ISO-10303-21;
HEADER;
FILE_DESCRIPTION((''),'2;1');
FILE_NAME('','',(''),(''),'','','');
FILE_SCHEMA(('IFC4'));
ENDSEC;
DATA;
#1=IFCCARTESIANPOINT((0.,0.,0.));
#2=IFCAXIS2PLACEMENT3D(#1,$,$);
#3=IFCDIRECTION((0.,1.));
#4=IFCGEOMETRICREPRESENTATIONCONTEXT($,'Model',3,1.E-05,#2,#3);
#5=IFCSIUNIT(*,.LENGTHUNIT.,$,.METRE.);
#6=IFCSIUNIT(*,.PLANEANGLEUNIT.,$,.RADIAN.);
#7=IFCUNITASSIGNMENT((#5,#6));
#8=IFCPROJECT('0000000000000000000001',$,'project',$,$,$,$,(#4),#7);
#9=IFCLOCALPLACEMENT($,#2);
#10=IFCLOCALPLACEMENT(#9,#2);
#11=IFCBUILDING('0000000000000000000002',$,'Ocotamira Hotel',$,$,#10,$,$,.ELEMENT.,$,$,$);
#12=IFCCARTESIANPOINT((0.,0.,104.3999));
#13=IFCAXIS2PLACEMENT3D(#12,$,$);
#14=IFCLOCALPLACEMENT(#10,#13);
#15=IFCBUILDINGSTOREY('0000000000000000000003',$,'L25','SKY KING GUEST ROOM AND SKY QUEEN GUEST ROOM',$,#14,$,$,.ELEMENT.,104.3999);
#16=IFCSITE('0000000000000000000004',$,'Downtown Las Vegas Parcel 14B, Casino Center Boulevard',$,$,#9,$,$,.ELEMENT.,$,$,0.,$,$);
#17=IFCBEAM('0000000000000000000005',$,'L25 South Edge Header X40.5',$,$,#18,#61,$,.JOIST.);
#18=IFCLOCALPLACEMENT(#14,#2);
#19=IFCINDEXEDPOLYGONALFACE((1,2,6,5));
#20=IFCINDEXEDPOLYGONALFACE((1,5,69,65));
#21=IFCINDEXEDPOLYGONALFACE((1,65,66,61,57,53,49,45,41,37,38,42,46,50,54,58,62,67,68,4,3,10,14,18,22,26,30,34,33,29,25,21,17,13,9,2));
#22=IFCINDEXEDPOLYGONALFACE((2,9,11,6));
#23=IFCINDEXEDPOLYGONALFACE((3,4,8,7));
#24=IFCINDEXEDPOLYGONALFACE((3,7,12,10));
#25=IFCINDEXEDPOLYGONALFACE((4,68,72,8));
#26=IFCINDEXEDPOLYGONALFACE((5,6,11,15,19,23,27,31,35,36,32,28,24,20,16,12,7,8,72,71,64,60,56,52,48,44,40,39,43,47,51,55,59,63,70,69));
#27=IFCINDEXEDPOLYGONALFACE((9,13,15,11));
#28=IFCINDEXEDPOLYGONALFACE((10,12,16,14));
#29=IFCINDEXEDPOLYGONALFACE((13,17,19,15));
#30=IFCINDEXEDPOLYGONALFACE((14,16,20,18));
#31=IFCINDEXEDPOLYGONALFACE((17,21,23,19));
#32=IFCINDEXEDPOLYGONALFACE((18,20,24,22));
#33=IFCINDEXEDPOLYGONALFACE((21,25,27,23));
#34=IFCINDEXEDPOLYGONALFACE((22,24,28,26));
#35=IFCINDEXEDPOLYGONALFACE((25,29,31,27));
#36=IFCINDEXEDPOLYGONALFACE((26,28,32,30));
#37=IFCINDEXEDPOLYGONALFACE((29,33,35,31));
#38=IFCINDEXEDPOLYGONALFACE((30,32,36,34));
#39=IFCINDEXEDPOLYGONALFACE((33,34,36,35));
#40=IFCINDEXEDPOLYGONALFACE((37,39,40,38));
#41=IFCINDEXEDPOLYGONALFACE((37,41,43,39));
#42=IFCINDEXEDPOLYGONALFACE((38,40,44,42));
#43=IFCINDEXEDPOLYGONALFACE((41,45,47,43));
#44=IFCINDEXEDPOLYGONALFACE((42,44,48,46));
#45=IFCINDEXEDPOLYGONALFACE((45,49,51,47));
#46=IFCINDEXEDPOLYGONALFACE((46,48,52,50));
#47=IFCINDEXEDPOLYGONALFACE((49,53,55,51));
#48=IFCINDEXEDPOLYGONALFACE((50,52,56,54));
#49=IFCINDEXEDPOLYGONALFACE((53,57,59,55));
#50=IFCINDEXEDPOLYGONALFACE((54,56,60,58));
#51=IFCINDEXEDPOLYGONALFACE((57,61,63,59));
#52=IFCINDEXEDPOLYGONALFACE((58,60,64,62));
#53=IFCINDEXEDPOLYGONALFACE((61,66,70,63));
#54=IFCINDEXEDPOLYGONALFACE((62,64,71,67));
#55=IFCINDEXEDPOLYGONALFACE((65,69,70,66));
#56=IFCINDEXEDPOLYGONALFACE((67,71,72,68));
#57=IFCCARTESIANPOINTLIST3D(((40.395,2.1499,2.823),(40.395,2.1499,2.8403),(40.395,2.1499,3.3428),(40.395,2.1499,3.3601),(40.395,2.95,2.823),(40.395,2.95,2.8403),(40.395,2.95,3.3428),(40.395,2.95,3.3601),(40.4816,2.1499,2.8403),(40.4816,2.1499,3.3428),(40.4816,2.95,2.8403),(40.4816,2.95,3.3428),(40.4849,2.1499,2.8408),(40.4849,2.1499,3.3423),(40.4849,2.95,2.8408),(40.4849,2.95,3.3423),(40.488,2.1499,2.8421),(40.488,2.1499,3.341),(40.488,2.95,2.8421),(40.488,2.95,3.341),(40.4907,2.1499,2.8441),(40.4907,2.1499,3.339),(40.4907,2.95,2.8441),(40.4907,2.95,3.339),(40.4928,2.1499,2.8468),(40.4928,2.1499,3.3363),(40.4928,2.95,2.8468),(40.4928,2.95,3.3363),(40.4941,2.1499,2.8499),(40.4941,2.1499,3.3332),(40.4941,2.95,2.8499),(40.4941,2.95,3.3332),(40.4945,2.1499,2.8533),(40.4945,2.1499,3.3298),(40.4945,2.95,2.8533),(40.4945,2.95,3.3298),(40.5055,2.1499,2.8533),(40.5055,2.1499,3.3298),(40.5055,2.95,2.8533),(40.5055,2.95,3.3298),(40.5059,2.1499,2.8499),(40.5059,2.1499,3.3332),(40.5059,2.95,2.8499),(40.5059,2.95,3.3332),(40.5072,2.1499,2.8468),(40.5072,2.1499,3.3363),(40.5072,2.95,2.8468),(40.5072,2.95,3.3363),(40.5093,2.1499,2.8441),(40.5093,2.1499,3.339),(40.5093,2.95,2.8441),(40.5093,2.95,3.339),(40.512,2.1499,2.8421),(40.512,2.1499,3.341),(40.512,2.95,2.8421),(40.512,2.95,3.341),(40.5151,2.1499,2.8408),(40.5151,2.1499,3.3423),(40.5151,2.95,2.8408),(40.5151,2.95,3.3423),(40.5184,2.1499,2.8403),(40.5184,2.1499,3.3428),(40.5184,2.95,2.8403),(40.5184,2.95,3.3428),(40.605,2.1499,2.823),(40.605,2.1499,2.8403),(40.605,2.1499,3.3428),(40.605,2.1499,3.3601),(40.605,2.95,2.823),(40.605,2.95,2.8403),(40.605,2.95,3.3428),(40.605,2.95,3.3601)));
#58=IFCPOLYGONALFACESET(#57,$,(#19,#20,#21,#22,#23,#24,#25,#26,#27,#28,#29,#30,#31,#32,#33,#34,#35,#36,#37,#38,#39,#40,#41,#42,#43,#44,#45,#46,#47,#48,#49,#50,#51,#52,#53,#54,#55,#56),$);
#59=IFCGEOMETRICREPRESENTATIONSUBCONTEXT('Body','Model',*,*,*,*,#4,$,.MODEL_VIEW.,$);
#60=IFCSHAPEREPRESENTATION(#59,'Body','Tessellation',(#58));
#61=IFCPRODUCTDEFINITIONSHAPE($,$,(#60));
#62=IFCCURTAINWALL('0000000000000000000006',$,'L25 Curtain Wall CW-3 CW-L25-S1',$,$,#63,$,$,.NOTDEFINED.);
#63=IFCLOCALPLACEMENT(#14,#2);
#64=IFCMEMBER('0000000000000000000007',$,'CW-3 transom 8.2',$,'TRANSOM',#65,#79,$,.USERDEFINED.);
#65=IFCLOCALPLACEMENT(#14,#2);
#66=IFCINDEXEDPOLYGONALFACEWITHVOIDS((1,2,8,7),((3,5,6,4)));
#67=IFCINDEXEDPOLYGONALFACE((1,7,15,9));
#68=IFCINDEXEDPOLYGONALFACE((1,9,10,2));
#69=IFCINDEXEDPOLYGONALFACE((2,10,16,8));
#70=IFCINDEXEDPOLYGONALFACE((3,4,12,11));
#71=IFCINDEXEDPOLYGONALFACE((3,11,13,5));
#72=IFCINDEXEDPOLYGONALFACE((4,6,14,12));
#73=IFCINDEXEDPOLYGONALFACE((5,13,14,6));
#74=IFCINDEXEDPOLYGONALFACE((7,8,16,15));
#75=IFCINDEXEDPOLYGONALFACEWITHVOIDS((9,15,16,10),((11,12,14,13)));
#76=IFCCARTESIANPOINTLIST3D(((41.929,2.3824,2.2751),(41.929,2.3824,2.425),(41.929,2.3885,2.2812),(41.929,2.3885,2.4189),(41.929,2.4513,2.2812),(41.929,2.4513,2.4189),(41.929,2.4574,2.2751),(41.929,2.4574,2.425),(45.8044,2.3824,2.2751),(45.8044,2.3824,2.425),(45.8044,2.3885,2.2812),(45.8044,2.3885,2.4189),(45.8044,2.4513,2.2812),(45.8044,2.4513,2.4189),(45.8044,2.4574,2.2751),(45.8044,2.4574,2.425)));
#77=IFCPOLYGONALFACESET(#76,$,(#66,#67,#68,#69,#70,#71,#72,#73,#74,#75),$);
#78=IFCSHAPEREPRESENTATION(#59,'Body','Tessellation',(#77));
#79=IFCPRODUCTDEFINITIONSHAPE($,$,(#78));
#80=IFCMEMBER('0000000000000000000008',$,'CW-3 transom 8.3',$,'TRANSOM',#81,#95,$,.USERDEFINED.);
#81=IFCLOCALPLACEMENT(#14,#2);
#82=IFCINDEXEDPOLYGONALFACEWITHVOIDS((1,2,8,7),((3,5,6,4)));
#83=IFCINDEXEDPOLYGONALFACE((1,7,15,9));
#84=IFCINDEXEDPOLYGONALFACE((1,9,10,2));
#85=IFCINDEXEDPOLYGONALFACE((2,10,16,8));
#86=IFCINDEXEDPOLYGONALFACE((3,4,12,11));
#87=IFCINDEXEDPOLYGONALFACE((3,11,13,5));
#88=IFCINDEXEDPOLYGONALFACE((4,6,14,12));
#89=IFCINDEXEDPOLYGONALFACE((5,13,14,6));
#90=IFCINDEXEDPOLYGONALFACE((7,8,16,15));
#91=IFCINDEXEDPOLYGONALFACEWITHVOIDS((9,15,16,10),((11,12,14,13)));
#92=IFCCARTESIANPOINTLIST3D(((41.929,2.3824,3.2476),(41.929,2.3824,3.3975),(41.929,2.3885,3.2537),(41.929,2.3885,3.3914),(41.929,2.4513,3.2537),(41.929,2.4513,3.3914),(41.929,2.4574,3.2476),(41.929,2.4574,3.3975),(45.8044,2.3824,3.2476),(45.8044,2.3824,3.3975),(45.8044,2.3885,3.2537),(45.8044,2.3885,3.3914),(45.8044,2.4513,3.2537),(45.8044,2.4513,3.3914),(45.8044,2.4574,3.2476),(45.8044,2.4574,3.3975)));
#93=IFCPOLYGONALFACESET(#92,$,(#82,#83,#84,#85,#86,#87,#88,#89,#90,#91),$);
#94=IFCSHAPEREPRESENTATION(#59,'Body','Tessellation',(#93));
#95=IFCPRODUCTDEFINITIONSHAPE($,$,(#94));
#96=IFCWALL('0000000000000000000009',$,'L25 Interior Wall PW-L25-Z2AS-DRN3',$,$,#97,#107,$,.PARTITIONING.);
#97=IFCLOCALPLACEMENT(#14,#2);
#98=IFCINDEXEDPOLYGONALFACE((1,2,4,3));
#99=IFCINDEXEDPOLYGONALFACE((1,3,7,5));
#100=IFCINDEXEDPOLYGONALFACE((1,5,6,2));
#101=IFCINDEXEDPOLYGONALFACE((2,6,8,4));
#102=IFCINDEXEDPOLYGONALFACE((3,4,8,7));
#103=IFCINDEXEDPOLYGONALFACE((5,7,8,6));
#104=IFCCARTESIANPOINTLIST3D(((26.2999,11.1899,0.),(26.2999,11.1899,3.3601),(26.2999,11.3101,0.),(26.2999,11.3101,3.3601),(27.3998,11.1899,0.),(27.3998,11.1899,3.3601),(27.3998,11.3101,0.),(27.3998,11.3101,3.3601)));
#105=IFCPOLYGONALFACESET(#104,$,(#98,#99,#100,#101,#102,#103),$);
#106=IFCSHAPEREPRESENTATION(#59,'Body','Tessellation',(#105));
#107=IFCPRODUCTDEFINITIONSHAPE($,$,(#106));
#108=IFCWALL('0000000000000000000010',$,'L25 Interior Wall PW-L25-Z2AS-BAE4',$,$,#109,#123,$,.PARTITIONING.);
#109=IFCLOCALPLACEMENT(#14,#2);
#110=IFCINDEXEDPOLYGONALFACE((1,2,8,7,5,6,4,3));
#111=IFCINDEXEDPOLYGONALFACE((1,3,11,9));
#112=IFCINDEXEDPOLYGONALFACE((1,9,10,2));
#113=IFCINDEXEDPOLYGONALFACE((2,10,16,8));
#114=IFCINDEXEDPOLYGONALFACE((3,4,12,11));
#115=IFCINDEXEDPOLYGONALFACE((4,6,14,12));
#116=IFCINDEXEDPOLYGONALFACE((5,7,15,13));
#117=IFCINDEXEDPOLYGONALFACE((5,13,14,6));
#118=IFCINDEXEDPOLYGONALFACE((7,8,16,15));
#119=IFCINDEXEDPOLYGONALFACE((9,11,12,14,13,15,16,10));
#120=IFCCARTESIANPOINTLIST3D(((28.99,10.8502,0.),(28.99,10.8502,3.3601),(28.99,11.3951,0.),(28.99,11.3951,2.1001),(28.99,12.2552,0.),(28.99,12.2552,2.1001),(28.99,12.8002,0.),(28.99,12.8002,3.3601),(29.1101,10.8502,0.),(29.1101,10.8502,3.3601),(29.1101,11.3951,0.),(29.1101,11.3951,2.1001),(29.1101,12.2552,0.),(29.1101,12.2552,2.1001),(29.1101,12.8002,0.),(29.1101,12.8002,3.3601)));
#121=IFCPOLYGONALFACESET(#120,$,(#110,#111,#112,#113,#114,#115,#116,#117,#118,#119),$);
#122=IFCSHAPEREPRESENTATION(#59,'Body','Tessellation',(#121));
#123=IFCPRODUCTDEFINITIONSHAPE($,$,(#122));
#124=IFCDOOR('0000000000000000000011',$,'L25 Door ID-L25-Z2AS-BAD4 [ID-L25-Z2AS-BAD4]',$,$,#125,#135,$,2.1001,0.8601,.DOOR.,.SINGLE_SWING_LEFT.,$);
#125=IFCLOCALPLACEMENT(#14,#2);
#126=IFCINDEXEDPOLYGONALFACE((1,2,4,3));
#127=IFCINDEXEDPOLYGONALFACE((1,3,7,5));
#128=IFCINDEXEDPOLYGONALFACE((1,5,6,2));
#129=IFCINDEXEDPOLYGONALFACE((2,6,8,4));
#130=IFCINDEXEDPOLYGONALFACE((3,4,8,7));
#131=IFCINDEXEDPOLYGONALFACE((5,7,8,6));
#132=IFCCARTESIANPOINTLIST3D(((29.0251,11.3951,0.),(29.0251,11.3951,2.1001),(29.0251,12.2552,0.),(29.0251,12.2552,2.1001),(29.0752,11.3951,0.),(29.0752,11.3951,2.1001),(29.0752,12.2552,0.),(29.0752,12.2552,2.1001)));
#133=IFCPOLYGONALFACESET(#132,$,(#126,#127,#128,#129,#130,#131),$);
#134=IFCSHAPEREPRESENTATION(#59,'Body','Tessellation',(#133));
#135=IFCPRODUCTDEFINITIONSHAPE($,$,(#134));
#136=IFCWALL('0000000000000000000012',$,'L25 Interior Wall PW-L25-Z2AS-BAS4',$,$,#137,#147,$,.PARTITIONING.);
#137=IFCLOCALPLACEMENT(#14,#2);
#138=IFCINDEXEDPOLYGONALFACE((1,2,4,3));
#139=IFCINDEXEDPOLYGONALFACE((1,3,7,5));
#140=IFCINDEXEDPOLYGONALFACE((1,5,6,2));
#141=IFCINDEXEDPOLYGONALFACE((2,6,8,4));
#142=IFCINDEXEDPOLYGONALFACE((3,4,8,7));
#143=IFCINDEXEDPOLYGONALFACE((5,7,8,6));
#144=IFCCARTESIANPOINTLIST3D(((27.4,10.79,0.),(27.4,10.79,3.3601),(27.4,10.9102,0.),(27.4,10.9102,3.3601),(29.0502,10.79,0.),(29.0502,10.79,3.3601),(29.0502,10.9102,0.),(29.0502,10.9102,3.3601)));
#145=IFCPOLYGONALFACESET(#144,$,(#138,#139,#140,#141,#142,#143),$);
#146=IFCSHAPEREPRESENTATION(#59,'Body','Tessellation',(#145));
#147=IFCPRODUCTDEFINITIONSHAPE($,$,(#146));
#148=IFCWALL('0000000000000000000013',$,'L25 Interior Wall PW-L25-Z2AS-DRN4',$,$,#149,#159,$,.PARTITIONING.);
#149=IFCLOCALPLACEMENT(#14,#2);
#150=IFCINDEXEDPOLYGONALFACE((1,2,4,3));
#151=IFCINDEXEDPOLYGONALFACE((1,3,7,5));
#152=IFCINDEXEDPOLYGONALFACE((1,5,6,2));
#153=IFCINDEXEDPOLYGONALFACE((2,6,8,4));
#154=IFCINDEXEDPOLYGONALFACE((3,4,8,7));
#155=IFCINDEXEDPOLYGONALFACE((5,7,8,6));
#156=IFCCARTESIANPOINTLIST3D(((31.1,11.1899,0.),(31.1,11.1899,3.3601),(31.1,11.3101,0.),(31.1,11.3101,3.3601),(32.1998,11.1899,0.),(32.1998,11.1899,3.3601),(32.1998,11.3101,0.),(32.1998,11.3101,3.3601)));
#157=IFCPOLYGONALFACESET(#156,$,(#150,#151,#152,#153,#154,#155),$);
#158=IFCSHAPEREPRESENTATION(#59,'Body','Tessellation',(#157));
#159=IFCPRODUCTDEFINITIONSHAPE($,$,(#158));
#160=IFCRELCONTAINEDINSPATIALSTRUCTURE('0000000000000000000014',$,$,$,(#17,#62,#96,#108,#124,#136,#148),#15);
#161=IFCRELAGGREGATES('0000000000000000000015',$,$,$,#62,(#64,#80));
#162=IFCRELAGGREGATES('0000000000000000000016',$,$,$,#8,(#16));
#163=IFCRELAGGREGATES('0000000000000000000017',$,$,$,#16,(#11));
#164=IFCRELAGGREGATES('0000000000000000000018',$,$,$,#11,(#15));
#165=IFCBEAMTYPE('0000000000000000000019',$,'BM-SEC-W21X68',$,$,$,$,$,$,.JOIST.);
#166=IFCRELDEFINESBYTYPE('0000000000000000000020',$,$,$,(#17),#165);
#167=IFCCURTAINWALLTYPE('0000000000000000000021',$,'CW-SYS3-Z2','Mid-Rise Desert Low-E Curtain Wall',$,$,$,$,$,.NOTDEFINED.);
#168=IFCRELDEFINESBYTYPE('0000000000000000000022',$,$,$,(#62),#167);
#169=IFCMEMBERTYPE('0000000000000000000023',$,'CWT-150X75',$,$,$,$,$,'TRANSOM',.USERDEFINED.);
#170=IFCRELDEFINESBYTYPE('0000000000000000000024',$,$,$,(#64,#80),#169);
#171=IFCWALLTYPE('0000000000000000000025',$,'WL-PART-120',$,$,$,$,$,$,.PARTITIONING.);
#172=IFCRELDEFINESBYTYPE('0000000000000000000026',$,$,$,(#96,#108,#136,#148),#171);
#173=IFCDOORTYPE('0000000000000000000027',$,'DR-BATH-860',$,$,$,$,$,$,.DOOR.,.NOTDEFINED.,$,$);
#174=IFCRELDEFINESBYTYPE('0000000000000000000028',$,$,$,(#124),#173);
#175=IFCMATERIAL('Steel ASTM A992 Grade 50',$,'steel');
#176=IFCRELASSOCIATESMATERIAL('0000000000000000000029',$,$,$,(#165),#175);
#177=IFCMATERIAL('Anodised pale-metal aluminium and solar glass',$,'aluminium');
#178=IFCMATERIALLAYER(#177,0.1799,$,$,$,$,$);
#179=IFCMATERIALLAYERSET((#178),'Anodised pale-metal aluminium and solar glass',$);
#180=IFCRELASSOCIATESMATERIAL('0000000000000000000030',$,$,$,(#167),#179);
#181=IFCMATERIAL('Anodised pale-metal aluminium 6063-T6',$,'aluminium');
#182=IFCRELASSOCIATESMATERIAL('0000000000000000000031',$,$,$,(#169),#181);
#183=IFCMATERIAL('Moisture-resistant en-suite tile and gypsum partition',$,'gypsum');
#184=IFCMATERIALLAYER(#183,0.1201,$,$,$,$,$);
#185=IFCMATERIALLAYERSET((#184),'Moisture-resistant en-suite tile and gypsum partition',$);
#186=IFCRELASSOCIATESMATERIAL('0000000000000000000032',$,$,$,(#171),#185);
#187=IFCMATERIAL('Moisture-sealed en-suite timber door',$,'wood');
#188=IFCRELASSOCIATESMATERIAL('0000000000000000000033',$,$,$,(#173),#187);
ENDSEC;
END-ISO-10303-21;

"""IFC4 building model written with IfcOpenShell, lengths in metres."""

from ifc_helpers import new_model, si_unit, direction, frame, frame_2d, origin, origin_2d, place, context, subcontext, project, spatial, rectangle, hollow_rectangle, i_section, extrude, source, transform, mapped, material, layer, layer_set, material_profile, profile_set, type_object, element, fill, aggregate, save


model = new_model("IFC4")

# Units and contexts
model_context = context("Model", 3, precision=1e-05, world=origin(), true_north=direction((0.0, 1.0)))
body_context = subcontext(model_context, "Body", "Model", "MODEL_VIEW")
ifc_project = project(units=[si_unit("LENGTHUNIT", "METRE"), si_unit("PLANEANGLEUNIT", "RADIAN")], contexts=[model_context])

# Site, building, storey
site_placement = place(None, origin())
site = spatial("IfcSite", under=ifc_project, at=site_placement, Name="Downtown Las Vegas Parcel 14B, Casino Center Boulevard", CompositionType="ELEMENT", RefElevation=0.0)
building_placement = place(site_placement, origin())
building = spatial("IfcBuilding", under=site, at=building_placement, Name="Ocotamira Hotel", CompositionType="ELEMENT")
storey_placement = place(building_placement, frame((0.0, 0.0, 104.3999)))
storey = spatial("IfcBuildingStorey", under=building, at=storey_placement, Name="L25", Description="SKY KING GUEST ROOM AND SKY QUEEN GUEST ROOM", CompositionType="ELEMENT", Elevation=104.3999)

# Beam
ifc_material_1 = material(Name="Steel ASTM A992 Grade 50", Category="steel")
ifc_material_profile_1 = material_profile(ifc_material_1, i_section(OverallWidth=0.21, OverallDepth=0.5371, WebThickness=0.011, FlangeThickness=0.0173, FilletRadius=0.0129, at=origin_2d()), Name="W21X68")
ifc_profile_set_1 = profile_set([ifc_material_profile_1], Name="Steel ASTM A992 Grade 50")
beam_type_1 = type_object("IfcBeamType", Name="BM-SEC-W21X68", PredefinedType="JOIST", material=ifc_profile_set_1)
shared_shape_1 = source(origin(), body_context, "Body", "SweptSolid", [
    extrude(i_section(OverallWidth=0.21, OverallDepth=0.5371, WebThickness=0.011, FlangeThickness=0.0173, FilletRadius=0.0129, at=origin_2d()), origin(), (0.0, 0.0, 1.0), 0.8),
])
beam_1_placement = place(storey_placement, frame((40.5, 2.95, 3.0916), z_axis=(0.0, -1.0, 0.0), x_axis=(1.0, 0.0, 0.0)))
element("IfcBeam", 1, at=beam_1_placement, inside=storey, type_object=beam_type_1, Name="L25 South Edge Header X40.5", PredefinedType="JOIST", context=body_context, shape_type="MappedRepresentation", body=[
    mapped(shared_shape_1, transform((0.0, 0.0, 0.0), scale=1.0)),
])

# Curtain wall, members
ifc_material_2 = material(Name="Anodised pale-metal aluminium and solar glass", Category="aluminium")
ifc_layer_1 = layer(ifc_material_2, 0.1799)
ifc_layer_set_1 = layer_set([ifc_layer_1], Name="Anodised pale-metal aluminium and solar glass")
curtain_wall_type = type_object("IfcCurtainWallType", Name="CW-SYS3-Z2", Description="Mid-Rise Desert Low-E Curtain Wall", PredefinedType="NOTDEFINED", material=ifc_layer_set_1)
curtain_wall_placement = place(storey_placement, origin())
curtain_wall = element("IfcCurtainWall", 2, at=curtain_wall_placement, inside=storey, type_object=curtain_wall_type, Name="L25 Curtain Wall CW-3 CW-L25-S1", PredefinedType="NOTDEFINED")
ifc_material_3 = material(Name="Anodised pale-metal aluminium 6063-T6", Category="aluminium")
ifc_material_profile_2 = material_profile(ifc_material_3, hollow_rectangle(XDim=0.075, YDim=0.1499, WallThickness=0.0061, at=origin_2d()), Name="HSS150X75X6")
ifc_profile_set_2 = profile_set([ifc_material_profile_2], Name="Anodised pale-metal aluminium 6063-T6")
member_type = type_object("IfcMemberType", Name="CWT-150X75", ElementType="TRANSOM", PredefinedType="USERDEFINED", material=ifc_profile_set_2)
shared_shape_2 = source(origin(), body_context, "Body", "SweptSolid", [
    extrude(hollow_rectangle(XDim=0.075, YDim=0.1499, WallThickness=0.0061, at=origin_2d()), origin(), (0.0, 0.0, 1.0), 3.8755),
])
member_1_placement = place(storey_placement, frame((41.929, 2.4199, 2.3501), z_axis=(1.0, 0.0, 0.0), x_axis=(0.0, 1.0, 0.0)))
member_1 = element("IfcMember", 3, at=member_1_placement, type_object=member_type, Name="CW-3 transom 8.2", ObjectType="TRANSOM", PredefinedType="USERDEFINED", context=body_context, shape_type="MappedRepresentation", body=[
    mapped(shared_shape_2, transform((0.0, 0.0, 0.0), scale=1.0)),
])
member_2_placement = place(storey_placement, frame((41.929, 2.4199, 3.3225), z_axis=(1.0, 0.0, 0.0), x_axis=(0.0, 1.0, 0.0)))
member_2 = element("IfcMember", 4, at=member_2_placement, type_object=member_type, Name="CW-3 transom 8.3", ObjectType="TRANSOM", PredefinedType="USERDEFINED", context=body_context, shape_type="MappedRepresentation", body=[
    mapped(shared_shape_2, transform((0.0, 0.0, 0.0), scale=1.0)),
])
aggregate(curtain_wall, [member_1, member_2])

# Wall
ifc_material_4 = material(Name="Moisture-resistant en-suite tile and gypsum partition", Category="gypsum")
ifc_layer_2 = layer(ifc_material_4, 0.1201)
ifc_layer_set_2 = layer_set([ifc_layer_2], Name="Moisture-resistant en-suite tile and gypsum partition")
wall_type = type_object("IfcWallType", Name="WL-PART-120", PredefinedType="PARTITIONING", material=ifc_layer_set_2)
wall_1_placement = place(storey_placement, frame((26.3, 11.25, 0.0), z_axis=(0.0, 0.0, 1.0), x_axis=(1.0, 0.0, 0.0)))
element("IfcWall", 5, at=wall_1_placement, inside=storey, type_object=wall_type, Name="L25 Interior Wall PW-L25-Z2AS-DRN3", PredefinedType="PARTITIONING", context=body_context, shape_type="SweptSolid", body=[
    extrude(rectangle(XDim=1.0999, YDim=0.1201, at=frame_2d((0.5498, 0.0))), origin(), (0.0, 0.0, 1.0), 3.3601),
])

# Wall, opening, door
wall_2_placement = place(storey_placement, frame((29.05, 10.8501, 0.0), z_axis=(0.0, 0.0, 1.0), x_axis=(0.0, 1.0, 0.0)))
wall_2 = element("IfcWall", 6, at=wall_2_placement, inside=storey, type_object=wall_type, Name="L25 Interior Wall PW-L25-Z2AS-BAE4", PredefinedType="PARTITIONING", context=body_context, shape_type="SweptSolid", body=[
    extrude(rectangle(XDim=1.95, YDim=0.1201, at=frame_2d((0.9751, 0.0))), origin(), (0.0, 0.0, 1.0), 3.3601),
])
opening_1_placement = place(wall_2_placement, frame((0.5449, 0.0, 0.0)))
opening_1 = element("IfcOpeningElement", 7, at=opening_1_placement, cuts=wall_2, PredefinedType="OPENING", context=body_context, shape_type="SweptSolid", body=[
    extrude(rectangle(XDim=0.8601, YDim=2.1001, at=frame_2d((0.4302, 1.05))), frame((0.0, 0.0701, 0.0), z_axis=(0.0, -1.0, 0.0), x_axis=(1.0, 0.0, 0.0)), (0.0, 0.0, 1.0), 0.1401),
])
ifc_material_5 = material(Name="Moisture-sealed en-suite timber door", Category="wood")
door_type = type_object("IfcDoorType", Name="DR-BATH-860", OperationType="NOTDEFINED", PredefinedType="DOOR", material=ifc_material_5)
shared_shape_3 = source(origin(), body_context, "Body", "SweptSolid", [
    extrude(rectangle(XDim=0.8601, YDim=2.1001, at=frame_2d((0.4302, 1.05))), frame((0.0, 0.0249, 0.0), z_axis=(0.0, -1.0, 0.0), x_axis=(1.0, 0.0, 0.0)), (0.0, 0.0, 1.0), 0.05),
])
door_1_placement = place(opening_1_placement, origin())
door_1 = element("IfcDoor", 8, at=door_1_placement, inside=storey, type_object=door_type, Name="L25 Door ID-L25-Z2AS-BAD4 [ID-L25-Z2AS-BAD4]", OperationType="SINGLE_SWING_LEFT", OverallHeight=2.1001, OverallWidth=0.8601, PredefinedType="DOOR", context=body_context, shape_type="MappedRepresentation", body=[
    mapped(shared_shape_3, transform((0.0, 0.0, 0.0), scale=1.0)),
])
fill(opening_1, door_1)

# Walls
wall_3_placement = place(storey_placement, frame((27.3999, 10.8501, 0.0), z_axis=(0.0, 0.0, 1.0), x_axis=(1.0, 0.0, 0.0)))
element("IfcWall", 9, at=wall_3_placement, inside=storey, type_object=wall_type, Name="L25 Interior Wall PW-L25-Z2AS-BAS4", PredefinedType="PARTITIONING", context=body_context, shape_type="SweptSolid", body=[
    extrude(rectangle(XDim=1.6501, YDim=0.1201, at=frame_2d((0.8252, 0.0))), origin(), (0.0, 0.0, 1.0), 3.3601),
])
wall_4_placement = place(storey_placement, frame((31.1001, 11.25, 0.0), z_axis=(0.0, 0.0, 1.0), x_axis=(1.0, 0.0, 0.0)))
element("IfcWall", 10, at=wall_4_placement, inside=storey, type_object=wall_type, Name="L25 Interior Wall PW-L25-Z2AS-DRN4", PredefinedType="PARTITIONING", context=body_context, shape_type="SweptSolid", body=[
    extrude(rectangle(XDim=1.0999, YDim=0.1201, at=frame_2d((0.5498, 0.0))), origin(), (0.0, 0.0, 1.0), 3.3601),
])

save(model, "model.ifc")
